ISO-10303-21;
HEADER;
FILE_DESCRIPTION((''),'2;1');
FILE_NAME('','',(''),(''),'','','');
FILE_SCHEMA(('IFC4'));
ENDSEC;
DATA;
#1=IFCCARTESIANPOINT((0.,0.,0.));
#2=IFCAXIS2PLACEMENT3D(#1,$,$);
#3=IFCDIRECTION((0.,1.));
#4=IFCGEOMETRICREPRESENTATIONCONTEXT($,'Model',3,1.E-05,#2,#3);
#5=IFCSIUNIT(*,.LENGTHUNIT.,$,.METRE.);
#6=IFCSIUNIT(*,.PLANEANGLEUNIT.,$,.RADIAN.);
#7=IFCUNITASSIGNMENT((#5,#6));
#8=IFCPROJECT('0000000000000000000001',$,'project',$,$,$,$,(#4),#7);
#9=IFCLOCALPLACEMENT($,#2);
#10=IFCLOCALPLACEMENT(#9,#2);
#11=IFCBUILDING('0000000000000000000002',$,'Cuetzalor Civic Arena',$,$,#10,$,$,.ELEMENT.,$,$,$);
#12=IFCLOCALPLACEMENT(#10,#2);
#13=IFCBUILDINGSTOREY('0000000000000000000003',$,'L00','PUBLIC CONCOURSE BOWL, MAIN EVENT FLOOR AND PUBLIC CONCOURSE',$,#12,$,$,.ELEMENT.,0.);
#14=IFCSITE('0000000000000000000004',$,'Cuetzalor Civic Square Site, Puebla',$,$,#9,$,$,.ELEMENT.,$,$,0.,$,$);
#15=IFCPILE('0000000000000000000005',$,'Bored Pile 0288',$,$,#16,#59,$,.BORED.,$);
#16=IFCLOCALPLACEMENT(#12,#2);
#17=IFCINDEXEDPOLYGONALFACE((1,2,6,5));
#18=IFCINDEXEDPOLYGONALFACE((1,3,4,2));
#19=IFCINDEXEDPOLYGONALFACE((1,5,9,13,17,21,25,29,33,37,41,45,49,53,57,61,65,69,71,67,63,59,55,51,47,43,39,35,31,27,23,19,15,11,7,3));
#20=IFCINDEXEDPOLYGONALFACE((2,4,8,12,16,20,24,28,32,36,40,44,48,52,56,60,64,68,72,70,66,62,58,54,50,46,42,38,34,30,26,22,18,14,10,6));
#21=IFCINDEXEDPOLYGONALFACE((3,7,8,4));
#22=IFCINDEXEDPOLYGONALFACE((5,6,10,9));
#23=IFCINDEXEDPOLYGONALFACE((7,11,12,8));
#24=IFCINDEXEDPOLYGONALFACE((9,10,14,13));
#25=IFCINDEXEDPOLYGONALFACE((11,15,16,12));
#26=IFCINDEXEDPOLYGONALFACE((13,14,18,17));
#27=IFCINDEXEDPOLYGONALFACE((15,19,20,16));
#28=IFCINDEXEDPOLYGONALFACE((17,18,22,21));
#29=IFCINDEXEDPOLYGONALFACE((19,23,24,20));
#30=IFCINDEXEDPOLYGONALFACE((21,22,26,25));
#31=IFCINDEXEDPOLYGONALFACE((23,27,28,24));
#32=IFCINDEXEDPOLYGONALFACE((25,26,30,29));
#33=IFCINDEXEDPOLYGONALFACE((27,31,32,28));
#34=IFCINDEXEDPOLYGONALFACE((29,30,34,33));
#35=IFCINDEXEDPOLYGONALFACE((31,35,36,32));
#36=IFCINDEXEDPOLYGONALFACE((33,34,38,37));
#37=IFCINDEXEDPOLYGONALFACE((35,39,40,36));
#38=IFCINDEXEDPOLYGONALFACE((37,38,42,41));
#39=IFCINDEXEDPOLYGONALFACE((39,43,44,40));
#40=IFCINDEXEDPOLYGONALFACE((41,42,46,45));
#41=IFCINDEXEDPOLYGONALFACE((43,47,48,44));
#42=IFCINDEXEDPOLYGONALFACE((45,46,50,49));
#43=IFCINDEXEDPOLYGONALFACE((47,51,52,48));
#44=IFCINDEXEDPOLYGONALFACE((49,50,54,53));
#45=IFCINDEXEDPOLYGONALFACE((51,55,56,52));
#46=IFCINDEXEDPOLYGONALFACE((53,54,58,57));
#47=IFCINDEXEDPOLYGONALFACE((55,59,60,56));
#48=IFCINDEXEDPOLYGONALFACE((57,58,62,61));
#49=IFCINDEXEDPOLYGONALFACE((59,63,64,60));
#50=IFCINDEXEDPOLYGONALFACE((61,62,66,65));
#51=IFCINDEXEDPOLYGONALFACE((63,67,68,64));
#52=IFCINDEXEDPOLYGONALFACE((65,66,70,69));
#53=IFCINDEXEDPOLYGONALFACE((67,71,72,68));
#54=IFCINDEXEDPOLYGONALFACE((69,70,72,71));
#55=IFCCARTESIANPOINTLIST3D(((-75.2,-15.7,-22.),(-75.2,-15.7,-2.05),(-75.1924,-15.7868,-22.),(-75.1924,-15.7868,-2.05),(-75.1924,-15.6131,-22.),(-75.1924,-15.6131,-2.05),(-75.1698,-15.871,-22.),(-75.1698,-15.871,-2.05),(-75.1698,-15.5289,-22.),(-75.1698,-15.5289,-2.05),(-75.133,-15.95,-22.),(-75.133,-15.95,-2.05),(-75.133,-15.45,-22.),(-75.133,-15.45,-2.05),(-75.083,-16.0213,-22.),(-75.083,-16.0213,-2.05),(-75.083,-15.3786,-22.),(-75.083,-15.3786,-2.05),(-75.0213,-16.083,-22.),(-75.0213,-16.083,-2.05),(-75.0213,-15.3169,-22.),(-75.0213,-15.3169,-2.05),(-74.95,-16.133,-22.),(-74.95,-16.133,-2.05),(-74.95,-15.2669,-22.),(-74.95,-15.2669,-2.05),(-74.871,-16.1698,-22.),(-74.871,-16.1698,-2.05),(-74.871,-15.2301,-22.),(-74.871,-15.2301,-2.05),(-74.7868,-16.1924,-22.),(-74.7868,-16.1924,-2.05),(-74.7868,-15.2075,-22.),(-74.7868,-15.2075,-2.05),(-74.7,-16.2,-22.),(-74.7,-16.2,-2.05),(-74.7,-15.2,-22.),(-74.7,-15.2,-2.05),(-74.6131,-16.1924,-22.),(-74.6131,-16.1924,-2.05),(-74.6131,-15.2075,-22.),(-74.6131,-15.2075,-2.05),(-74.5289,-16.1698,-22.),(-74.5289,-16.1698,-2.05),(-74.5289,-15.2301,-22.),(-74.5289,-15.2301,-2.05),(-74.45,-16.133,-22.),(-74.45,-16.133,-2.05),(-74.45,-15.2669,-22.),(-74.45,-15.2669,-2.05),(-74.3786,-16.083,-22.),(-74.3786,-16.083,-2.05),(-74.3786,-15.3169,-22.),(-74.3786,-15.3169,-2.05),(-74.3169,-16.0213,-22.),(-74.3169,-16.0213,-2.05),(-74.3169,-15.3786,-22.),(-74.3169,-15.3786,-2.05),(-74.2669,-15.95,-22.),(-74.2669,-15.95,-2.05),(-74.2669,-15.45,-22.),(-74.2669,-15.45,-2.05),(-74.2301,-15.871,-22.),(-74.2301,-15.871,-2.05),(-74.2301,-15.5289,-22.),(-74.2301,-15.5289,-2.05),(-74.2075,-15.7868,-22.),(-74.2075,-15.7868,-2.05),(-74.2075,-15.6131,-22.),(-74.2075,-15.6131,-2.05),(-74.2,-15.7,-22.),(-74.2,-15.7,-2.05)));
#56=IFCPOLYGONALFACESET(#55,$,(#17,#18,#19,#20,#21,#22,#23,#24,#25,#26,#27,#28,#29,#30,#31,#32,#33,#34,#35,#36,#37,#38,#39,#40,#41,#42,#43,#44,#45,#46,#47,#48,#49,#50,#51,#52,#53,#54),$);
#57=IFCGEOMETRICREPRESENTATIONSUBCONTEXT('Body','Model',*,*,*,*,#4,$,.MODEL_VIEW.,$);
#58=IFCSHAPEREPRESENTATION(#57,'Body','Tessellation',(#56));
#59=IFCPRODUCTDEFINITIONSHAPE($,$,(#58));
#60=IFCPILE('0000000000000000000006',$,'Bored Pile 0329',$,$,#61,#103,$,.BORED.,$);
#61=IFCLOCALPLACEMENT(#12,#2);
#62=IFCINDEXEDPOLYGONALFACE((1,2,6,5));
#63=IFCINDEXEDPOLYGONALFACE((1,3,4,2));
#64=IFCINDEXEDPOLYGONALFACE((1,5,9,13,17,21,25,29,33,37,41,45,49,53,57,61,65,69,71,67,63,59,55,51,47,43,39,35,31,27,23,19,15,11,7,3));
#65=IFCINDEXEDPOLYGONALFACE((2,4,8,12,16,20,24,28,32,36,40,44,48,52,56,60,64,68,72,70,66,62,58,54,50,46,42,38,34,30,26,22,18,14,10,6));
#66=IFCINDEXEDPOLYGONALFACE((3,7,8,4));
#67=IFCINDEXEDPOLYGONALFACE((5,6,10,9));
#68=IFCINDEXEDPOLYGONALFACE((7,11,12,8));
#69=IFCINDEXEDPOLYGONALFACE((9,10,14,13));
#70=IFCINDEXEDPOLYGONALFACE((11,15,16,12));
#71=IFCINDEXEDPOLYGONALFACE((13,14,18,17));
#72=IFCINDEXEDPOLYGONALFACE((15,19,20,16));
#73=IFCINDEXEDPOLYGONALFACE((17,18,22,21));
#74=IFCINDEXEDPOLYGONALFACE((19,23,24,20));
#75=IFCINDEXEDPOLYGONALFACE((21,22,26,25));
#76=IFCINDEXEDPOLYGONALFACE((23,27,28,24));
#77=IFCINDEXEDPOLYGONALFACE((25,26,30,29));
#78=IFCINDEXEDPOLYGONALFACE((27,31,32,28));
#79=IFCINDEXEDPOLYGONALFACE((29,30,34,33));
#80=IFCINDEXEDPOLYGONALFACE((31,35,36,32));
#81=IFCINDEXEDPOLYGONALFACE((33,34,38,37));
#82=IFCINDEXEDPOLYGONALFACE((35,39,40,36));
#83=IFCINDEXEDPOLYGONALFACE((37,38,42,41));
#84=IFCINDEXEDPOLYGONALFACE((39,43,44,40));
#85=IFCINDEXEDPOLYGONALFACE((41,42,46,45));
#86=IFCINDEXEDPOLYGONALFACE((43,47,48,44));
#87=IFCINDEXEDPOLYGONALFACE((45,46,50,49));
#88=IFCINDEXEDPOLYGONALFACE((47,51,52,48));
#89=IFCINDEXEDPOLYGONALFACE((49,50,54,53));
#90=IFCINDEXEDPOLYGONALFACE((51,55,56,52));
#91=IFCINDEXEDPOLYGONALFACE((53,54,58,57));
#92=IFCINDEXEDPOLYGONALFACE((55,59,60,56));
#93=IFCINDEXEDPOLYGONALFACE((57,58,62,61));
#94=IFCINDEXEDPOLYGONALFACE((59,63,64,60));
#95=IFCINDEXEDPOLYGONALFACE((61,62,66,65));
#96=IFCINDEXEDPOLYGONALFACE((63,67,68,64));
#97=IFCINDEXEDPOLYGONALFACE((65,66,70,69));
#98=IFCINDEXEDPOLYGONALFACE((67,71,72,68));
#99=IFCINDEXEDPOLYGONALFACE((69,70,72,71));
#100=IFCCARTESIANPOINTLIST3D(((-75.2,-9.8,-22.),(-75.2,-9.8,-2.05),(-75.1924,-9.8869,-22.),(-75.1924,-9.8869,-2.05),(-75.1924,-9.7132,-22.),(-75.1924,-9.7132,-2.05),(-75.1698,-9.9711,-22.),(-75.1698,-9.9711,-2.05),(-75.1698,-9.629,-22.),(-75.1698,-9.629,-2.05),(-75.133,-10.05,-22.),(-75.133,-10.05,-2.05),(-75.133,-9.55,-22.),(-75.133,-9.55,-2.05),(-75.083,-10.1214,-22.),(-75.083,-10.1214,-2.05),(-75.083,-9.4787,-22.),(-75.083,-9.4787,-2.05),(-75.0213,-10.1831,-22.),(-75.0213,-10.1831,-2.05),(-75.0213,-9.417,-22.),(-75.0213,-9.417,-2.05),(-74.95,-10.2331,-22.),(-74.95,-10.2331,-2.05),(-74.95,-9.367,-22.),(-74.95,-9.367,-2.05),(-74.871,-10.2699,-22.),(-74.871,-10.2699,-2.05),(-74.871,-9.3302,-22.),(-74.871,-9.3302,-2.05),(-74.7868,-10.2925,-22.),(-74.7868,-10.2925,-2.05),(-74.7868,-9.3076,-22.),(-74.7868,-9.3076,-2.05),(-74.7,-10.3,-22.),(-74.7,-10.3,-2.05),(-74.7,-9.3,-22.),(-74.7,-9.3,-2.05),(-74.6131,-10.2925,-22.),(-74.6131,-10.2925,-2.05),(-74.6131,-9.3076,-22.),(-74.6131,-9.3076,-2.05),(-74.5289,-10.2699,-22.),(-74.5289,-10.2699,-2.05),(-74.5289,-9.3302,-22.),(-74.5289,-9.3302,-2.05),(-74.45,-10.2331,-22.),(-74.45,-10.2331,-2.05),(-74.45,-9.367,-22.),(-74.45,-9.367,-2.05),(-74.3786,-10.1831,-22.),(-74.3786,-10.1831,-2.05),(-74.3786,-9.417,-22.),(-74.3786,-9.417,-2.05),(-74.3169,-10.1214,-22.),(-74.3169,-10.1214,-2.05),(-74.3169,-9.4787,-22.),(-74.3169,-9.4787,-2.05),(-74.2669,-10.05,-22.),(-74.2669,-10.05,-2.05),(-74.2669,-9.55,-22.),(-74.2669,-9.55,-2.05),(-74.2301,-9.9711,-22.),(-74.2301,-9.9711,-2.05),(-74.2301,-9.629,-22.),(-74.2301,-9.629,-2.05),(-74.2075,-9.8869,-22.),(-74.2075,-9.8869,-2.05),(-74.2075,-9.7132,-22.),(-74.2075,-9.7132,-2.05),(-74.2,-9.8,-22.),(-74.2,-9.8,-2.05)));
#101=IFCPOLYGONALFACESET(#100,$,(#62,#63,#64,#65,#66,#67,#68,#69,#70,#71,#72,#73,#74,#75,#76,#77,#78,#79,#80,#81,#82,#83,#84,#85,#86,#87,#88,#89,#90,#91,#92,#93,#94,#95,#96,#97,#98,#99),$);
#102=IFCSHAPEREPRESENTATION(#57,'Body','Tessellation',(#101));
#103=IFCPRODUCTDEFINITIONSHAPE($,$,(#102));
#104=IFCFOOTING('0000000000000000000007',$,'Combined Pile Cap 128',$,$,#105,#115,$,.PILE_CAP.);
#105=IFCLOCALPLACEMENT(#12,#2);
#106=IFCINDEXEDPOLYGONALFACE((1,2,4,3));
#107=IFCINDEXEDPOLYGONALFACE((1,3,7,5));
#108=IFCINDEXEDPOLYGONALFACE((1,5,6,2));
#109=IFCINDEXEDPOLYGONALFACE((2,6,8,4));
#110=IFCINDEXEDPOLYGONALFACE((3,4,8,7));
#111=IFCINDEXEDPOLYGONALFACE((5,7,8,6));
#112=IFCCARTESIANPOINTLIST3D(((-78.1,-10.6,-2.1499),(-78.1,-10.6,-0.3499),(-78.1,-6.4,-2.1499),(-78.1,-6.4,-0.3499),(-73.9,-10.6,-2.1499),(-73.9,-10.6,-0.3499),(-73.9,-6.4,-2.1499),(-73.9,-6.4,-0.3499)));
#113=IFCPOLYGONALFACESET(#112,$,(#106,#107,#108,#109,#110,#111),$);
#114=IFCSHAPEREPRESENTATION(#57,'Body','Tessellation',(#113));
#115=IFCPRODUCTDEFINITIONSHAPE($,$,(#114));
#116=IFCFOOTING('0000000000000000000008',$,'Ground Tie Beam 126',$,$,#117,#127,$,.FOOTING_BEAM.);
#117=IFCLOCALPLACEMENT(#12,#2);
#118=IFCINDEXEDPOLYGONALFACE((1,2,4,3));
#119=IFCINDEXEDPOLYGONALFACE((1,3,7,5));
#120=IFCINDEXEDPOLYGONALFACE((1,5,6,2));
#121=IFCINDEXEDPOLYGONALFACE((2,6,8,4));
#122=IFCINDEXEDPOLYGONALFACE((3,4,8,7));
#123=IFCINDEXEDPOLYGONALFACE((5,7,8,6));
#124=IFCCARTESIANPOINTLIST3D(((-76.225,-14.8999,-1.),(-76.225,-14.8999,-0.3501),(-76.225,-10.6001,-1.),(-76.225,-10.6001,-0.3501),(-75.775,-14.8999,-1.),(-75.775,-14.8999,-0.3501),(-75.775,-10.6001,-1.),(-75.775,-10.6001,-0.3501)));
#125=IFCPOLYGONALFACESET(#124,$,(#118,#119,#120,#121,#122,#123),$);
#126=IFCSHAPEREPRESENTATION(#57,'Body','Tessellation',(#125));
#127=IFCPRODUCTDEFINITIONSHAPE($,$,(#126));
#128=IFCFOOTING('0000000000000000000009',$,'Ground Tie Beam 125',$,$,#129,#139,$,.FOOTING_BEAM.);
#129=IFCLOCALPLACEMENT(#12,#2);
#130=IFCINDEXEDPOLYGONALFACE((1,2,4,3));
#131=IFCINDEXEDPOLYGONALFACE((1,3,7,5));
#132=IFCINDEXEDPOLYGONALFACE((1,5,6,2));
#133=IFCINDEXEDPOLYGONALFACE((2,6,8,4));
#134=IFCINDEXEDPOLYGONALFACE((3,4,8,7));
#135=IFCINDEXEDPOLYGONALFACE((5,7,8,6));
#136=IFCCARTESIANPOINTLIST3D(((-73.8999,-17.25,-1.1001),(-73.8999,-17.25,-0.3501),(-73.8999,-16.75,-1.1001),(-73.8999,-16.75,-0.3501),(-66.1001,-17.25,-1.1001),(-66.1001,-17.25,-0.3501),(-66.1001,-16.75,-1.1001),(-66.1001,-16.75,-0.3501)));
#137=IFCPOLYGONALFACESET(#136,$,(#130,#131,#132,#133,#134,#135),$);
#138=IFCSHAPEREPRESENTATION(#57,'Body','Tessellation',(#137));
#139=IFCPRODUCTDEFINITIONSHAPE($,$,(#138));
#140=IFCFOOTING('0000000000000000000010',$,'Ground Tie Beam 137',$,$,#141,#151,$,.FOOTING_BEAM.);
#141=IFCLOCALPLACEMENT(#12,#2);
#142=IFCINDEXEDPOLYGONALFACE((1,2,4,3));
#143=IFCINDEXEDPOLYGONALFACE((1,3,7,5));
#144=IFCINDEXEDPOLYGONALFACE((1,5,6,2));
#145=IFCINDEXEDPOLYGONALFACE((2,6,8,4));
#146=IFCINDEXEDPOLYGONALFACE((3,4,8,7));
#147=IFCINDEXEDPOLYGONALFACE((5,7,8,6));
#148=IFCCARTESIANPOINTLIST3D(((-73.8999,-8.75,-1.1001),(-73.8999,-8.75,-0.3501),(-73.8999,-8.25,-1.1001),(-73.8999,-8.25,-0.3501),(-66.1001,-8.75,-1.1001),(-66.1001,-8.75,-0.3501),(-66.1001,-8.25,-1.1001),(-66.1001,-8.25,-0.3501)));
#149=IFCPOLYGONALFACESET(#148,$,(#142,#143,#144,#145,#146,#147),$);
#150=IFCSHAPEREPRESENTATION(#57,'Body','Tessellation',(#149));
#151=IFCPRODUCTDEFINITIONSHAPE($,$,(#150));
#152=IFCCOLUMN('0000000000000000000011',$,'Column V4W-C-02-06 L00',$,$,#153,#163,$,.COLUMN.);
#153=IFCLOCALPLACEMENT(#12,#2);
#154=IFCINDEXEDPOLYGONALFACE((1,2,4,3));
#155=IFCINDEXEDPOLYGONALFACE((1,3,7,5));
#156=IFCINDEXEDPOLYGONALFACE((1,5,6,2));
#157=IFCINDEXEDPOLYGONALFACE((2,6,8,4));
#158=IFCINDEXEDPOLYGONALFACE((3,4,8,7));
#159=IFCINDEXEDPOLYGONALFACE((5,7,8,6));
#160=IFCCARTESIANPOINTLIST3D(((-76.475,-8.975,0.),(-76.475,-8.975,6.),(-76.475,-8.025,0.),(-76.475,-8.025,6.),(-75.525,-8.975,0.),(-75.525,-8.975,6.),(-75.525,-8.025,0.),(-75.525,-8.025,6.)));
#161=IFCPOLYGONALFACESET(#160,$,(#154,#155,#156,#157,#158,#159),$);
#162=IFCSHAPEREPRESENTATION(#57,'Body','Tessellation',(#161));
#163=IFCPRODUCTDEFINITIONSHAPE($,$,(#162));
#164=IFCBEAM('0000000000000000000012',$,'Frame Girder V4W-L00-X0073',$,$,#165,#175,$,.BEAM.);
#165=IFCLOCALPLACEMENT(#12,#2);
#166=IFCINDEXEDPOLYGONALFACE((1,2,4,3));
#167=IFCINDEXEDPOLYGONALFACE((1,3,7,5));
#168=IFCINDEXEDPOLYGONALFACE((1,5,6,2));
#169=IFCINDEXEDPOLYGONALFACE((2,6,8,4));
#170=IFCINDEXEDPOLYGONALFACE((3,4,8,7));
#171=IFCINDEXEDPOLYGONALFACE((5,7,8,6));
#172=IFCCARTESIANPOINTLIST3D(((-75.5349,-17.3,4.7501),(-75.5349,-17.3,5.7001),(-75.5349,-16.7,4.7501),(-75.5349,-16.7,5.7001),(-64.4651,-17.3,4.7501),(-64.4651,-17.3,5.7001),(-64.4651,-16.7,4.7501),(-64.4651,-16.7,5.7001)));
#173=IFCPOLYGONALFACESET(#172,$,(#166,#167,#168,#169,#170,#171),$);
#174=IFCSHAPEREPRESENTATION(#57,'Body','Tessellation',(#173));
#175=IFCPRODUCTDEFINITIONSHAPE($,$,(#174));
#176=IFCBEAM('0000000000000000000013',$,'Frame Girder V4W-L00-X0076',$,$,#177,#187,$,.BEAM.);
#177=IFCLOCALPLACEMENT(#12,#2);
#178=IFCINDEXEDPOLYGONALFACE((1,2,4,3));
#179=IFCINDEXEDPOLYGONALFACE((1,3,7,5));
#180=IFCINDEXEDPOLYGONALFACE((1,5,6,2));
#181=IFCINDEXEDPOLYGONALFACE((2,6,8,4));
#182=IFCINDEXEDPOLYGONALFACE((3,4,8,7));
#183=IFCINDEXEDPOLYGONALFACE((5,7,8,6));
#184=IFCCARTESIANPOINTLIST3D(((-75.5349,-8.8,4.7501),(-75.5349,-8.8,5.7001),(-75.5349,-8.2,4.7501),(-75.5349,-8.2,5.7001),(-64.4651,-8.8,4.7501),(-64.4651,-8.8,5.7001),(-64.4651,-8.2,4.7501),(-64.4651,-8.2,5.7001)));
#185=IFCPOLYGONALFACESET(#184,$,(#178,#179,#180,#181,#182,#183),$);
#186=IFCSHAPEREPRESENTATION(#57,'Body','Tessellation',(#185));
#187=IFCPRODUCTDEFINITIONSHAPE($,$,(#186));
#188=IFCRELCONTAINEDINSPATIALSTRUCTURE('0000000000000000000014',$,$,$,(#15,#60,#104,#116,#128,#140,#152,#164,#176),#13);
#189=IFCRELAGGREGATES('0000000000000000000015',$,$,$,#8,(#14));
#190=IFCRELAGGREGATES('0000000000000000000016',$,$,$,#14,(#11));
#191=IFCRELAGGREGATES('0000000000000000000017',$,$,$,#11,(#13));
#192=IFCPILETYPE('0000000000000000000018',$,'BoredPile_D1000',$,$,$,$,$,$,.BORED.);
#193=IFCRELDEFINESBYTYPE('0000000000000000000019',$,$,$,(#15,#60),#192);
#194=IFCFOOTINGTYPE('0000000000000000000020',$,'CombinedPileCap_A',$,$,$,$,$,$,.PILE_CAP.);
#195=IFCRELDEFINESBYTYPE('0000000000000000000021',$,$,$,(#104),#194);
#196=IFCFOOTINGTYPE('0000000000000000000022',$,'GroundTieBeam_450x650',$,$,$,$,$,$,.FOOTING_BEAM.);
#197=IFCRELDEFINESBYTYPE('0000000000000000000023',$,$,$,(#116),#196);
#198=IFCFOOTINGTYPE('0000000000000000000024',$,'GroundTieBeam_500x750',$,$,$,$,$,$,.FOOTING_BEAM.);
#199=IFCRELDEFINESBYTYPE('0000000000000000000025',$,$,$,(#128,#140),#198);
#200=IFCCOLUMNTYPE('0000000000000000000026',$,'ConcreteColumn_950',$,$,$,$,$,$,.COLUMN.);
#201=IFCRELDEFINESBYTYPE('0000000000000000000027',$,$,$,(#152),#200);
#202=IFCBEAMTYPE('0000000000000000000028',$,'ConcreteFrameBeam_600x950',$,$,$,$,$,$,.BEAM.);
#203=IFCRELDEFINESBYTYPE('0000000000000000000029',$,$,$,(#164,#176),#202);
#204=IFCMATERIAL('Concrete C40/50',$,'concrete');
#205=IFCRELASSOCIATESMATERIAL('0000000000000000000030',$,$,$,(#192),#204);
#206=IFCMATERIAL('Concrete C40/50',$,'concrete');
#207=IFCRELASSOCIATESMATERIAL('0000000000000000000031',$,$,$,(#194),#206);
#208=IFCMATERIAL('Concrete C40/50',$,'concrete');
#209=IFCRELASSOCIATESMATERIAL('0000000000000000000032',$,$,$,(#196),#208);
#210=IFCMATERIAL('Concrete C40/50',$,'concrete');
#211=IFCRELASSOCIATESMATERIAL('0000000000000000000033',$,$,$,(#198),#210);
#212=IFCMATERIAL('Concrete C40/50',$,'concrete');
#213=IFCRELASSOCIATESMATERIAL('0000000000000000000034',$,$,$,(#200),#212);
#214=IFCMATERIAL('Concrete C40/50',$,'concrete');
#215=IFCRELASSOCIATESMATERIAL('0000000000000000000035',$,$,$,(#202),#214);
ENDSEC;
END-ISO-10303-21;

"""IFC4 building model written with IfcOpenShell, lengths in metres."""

from ifc_helpers import new_model, si_unit, direction, frame, origin, origin_2d, place, context, subcontext, project, spatial, rectangle, circle, extrude, material, material_profile, profile_set, type_object, element, save


model = new_model("IFC4")

# Units and contexts
model_context = context("Model", 3, precision=1e-05, world=origin(), true_north=direction((0.0, 1.0)))
body_context = subcontext(model_context, "Body", "Model", "MODEL_VIEW")
ifc_project = project(units=[si_unit("LENGTHUNIT", "METRE"), si_unit("PLANEANGLEUNIT", "RADIAN")], contexts=[model_context])

# Site, building, storey
site_placement = place(None, origin())
site = spatial("IfcSite", under=ifc_project, at=site_placement, Name="Cuetzalor Civic Square Site, Puebla", CompositionType="ELEMENT", RefElevation=0.0)
building_placement = place(site_placement, origin())
building = spatial("IfcBuilding", under=site, at=building_placement, Name="Cuetzalor Civic Arena", CompositionType="ELEMENT")
storey_placement = place(building_placement, origin())
storey = spatial("IfcBuildingStorey", under=building, at=storey_placement, Name="L00", Description="PUBLIC CONCOURSE BOWL, MAIN EVENT FLOOR AND PUBLIC CONCOURSE", CompositionType="ELEMENT", Elevation=0.0)

# Piles
ifc_material_1 = material(Name="Concrete C40/50", Category="concrete")
ifc_material_profile_1 = material_profile(ifc_material_1, circle(Radius=0.5, at=origin_2d()), Name="BORED PILE D1000")
ifc_profile_set_1 = profile_set([ifc_material_profile_1], Name="Concrete C40/50")
pile_type = type_object("IfcPileType", Name="BoredPile_D1000", PredefinedType="BORED", material=ifc_profile_set_1)
for number, where, z_axis, x_axis, name in (
    (1, (-74.7, -15.7, -2.05), (0.0, 0.0, -1.0), (1.0, 0.0, 0.0), "Bored Pile 0288"),
    (2, (-74.7, -9.8, -2.05), (0.0, 0.0, -1.0), (1.0, 0.0, 0.0), "Bored Pile 0329"),
):
    element("IfcPile", number, at=place(storey_placement, frame(where, z_axis=z_axis, x_axis=x_axis)), inside=storey, type_object=pile_type, Name=name, PredefinedType="BORED", context=body_context, shape_type="SweptSolid", body=[
        extrude(circle(Radius=0.5, at=origin_2d()), origin(), (0.0, 0.0, 1.0), 19.95),
    ])

# Footings
ifc_material_2 = material(Name="Concrete C40/50", Category="concrete")
footing_type_1 = type_object("IfcFootingType", Name="CombinedPileCap_A", PredefinedType="PILE_CAP", material=ifc_material_2)
footing_1_placement = place(storey_placement, frame((-76.0, -8.5, -2.1499), z_axis=(0.0, 0.0, 1.0), x_axis=(1.0, 0.0, 0.0)))
element("IfcFooting", 3, at=footing_1_placement, inside=storey, type_object=footing_type_1, Name="Combined Pile Cap 128", PredefinedType="PILE_CAP", context=body_context, shape_type="SweptSolid", body=[
    extrude(rectangle(XDim=4.2, YDim=4.2, at=origin_2d()), origin(), (0.0, 0.0, 1.0), 1.8),
])
ifc_material_3 = material(Name="Concrete C40/50", Category="concrete")
ifc_material_profile_2 = material_profile(ifc_material_3, rectangle(XDim=0.45, YDim=0.6499, at=origin_2d()), Name="RC 450x650")
ifc_profile_set_2 = profile_set([ifc_material_profile_2], Name="Concrete C40/50")
footing_type_2 = type_object("IfcFootingType", Name="GroundTieBeam_450x650", PredefinedType="FOOTING_BEAM", material=ifc_profile_set_2)
footing_2_placement = place(storey_placement, frame((-76.0, -14.8999, -0.675), z_axis=(0.0, 1.0, 0.0), x_axis=(-1.0, 0.0, 0.0)))
element("IfcFooting", 4, at=footing_2_placement, inside=storey, type_object=footing_type_2, Name="Ground Tie Beam 126", PredefinedType="FOOTING_BEAM", context=body_context, shape_type="SweptSolid", body=[
    extrude(rectangle(XDim=0.45, YDim=0.6499, at=origin_2d()), origin(), (0.0, 0.0, 1.0), 4.2998),
])
ifc_material_4 = material(Name="Concrete C40/50", Category="concrete")
ifc_material_profile_3 = material_profile(ifc_material_4, rectangle(XDim=0.5, YDim=0.75, at=origin_2d()), Name="RC 500x750")
ifc_profile_set_3 = profile_set([ifc_material_profile_3], Name="Concrete C40/50")
footing_type_3 = type_object("IfcFootingType", Name="GroundTieBeam_500x750", PredefinedType="FOOTING_BEAM", material=ifc_profile_set_3)
for number, where, z_axis, x_axis, name in (
    (5, (-73.8999, -17.0, -0.7251), (1.0, 0.0, 0.0), (0.0, 1.0, 0.0), "Ground Tie Beam 125"),
    (6, (-73.8999, -8.5, -0.7251), (1.0, 0.0, 0.0), (0.0, 1.0, 0.0), "Ground Tie Beam 137"),
):
    element("IfcFooting", number, at=place(storey_placement, frame(where, z_axis=z_axis, x_axis=x_axis)), inside=storey, type_object=footing_type_3, Name=name, PredefinedType="FOOTING_BEAM", context=body_context, shape_type="SweptSolid", body=[
        extrude(rectangle(XDim=0.5, YDim=0.75, at=origin_2d()), origin(), (0.0, 0.0, 1.0), 7.7998),
    ])

# Column
ifc_material_5 = material(Name="Concrete C40/50", Category="concrete")
ifc_material_profile_4 = material_profile(ifc_material_5, rectangle(XDim=0.95, YDim=0.95, at=origin_2d()), Name="RC 950x950")
ifc_profile_set_4 = profile_set([ifc_material_profile_4], Name="Concrete C40/50")
column_type = type_object("IfcColumnType", Name="ConcreteColumn_950", PredefinedType="COLUMN", material=ifc_profile_set_4)
column_placement = place(storey_placement, frame((-76.0, -8.5, 0.0), z_axis=(0.0, 0.0, 1.0), x_axis=(1.0, 0.0, 0.0)))
element("IfcColumn", 7, at=column_placement, inside=storey, type_object=column_type, Name="Column V4W-C-02-06 L00", PredefinedType="COLUMN", context=body_context, shape_type="SweptSolid", body=[
    extrude(rectangle(XDim=0.95, YDim=0.95, at=origin_2d()), origin(), (0.0, 0.0, 1.0), 6.0),
])

# Beams
ifc_material_6 = material(Name="Concrete C40/50", Category="concrete")
ifc_material_profile_5 = material_profile(ifc_material_6, rectangle(XDim=0.6001, YDim=0.95, at=origin_2d()), Name="RC 600x950")
ifc_profile_set_5 = profile_set([ifc_material_profile_5], Name="Concrete C40/50")
beam_type_1 = type_object("IfcBeamType", Name="ConcreteFrameBeam_600x950", PredefinedType="BEAM", material=ifc_profile_set_5)
for number, where, z_axis, x_axis, name in (
    (8, (-75.5349, -17.0, 5.2251), (1.0, 0.0, 0.0), (0.0, 1.0, 0.0), "Frame Girder V4W-L00-X0073"),
    (9, (-75.5349, -8.5, 5.2251), (1.0, 0.0, 0.0), (0.0, 1.0, 0.0), "Frame Girder V4W-L00-X0076"),
):
    element("IfcBeam", number, at=place(storey_placement, frame(where, z_axis=z_axis, x_axis=x_axis)), inside=storey, type_object=beam_type_1, Name=name, PredefinedType="BEAM", context=body_context, shape_type="SweptSolid", body=[
        extrude(rectangle(XDim=0.6001, YDim=0.95, at=origin_2d()), origin(), (0.0, 0.0, 1.0), 11.0698),
    ])

save(model, "model.ifc")
